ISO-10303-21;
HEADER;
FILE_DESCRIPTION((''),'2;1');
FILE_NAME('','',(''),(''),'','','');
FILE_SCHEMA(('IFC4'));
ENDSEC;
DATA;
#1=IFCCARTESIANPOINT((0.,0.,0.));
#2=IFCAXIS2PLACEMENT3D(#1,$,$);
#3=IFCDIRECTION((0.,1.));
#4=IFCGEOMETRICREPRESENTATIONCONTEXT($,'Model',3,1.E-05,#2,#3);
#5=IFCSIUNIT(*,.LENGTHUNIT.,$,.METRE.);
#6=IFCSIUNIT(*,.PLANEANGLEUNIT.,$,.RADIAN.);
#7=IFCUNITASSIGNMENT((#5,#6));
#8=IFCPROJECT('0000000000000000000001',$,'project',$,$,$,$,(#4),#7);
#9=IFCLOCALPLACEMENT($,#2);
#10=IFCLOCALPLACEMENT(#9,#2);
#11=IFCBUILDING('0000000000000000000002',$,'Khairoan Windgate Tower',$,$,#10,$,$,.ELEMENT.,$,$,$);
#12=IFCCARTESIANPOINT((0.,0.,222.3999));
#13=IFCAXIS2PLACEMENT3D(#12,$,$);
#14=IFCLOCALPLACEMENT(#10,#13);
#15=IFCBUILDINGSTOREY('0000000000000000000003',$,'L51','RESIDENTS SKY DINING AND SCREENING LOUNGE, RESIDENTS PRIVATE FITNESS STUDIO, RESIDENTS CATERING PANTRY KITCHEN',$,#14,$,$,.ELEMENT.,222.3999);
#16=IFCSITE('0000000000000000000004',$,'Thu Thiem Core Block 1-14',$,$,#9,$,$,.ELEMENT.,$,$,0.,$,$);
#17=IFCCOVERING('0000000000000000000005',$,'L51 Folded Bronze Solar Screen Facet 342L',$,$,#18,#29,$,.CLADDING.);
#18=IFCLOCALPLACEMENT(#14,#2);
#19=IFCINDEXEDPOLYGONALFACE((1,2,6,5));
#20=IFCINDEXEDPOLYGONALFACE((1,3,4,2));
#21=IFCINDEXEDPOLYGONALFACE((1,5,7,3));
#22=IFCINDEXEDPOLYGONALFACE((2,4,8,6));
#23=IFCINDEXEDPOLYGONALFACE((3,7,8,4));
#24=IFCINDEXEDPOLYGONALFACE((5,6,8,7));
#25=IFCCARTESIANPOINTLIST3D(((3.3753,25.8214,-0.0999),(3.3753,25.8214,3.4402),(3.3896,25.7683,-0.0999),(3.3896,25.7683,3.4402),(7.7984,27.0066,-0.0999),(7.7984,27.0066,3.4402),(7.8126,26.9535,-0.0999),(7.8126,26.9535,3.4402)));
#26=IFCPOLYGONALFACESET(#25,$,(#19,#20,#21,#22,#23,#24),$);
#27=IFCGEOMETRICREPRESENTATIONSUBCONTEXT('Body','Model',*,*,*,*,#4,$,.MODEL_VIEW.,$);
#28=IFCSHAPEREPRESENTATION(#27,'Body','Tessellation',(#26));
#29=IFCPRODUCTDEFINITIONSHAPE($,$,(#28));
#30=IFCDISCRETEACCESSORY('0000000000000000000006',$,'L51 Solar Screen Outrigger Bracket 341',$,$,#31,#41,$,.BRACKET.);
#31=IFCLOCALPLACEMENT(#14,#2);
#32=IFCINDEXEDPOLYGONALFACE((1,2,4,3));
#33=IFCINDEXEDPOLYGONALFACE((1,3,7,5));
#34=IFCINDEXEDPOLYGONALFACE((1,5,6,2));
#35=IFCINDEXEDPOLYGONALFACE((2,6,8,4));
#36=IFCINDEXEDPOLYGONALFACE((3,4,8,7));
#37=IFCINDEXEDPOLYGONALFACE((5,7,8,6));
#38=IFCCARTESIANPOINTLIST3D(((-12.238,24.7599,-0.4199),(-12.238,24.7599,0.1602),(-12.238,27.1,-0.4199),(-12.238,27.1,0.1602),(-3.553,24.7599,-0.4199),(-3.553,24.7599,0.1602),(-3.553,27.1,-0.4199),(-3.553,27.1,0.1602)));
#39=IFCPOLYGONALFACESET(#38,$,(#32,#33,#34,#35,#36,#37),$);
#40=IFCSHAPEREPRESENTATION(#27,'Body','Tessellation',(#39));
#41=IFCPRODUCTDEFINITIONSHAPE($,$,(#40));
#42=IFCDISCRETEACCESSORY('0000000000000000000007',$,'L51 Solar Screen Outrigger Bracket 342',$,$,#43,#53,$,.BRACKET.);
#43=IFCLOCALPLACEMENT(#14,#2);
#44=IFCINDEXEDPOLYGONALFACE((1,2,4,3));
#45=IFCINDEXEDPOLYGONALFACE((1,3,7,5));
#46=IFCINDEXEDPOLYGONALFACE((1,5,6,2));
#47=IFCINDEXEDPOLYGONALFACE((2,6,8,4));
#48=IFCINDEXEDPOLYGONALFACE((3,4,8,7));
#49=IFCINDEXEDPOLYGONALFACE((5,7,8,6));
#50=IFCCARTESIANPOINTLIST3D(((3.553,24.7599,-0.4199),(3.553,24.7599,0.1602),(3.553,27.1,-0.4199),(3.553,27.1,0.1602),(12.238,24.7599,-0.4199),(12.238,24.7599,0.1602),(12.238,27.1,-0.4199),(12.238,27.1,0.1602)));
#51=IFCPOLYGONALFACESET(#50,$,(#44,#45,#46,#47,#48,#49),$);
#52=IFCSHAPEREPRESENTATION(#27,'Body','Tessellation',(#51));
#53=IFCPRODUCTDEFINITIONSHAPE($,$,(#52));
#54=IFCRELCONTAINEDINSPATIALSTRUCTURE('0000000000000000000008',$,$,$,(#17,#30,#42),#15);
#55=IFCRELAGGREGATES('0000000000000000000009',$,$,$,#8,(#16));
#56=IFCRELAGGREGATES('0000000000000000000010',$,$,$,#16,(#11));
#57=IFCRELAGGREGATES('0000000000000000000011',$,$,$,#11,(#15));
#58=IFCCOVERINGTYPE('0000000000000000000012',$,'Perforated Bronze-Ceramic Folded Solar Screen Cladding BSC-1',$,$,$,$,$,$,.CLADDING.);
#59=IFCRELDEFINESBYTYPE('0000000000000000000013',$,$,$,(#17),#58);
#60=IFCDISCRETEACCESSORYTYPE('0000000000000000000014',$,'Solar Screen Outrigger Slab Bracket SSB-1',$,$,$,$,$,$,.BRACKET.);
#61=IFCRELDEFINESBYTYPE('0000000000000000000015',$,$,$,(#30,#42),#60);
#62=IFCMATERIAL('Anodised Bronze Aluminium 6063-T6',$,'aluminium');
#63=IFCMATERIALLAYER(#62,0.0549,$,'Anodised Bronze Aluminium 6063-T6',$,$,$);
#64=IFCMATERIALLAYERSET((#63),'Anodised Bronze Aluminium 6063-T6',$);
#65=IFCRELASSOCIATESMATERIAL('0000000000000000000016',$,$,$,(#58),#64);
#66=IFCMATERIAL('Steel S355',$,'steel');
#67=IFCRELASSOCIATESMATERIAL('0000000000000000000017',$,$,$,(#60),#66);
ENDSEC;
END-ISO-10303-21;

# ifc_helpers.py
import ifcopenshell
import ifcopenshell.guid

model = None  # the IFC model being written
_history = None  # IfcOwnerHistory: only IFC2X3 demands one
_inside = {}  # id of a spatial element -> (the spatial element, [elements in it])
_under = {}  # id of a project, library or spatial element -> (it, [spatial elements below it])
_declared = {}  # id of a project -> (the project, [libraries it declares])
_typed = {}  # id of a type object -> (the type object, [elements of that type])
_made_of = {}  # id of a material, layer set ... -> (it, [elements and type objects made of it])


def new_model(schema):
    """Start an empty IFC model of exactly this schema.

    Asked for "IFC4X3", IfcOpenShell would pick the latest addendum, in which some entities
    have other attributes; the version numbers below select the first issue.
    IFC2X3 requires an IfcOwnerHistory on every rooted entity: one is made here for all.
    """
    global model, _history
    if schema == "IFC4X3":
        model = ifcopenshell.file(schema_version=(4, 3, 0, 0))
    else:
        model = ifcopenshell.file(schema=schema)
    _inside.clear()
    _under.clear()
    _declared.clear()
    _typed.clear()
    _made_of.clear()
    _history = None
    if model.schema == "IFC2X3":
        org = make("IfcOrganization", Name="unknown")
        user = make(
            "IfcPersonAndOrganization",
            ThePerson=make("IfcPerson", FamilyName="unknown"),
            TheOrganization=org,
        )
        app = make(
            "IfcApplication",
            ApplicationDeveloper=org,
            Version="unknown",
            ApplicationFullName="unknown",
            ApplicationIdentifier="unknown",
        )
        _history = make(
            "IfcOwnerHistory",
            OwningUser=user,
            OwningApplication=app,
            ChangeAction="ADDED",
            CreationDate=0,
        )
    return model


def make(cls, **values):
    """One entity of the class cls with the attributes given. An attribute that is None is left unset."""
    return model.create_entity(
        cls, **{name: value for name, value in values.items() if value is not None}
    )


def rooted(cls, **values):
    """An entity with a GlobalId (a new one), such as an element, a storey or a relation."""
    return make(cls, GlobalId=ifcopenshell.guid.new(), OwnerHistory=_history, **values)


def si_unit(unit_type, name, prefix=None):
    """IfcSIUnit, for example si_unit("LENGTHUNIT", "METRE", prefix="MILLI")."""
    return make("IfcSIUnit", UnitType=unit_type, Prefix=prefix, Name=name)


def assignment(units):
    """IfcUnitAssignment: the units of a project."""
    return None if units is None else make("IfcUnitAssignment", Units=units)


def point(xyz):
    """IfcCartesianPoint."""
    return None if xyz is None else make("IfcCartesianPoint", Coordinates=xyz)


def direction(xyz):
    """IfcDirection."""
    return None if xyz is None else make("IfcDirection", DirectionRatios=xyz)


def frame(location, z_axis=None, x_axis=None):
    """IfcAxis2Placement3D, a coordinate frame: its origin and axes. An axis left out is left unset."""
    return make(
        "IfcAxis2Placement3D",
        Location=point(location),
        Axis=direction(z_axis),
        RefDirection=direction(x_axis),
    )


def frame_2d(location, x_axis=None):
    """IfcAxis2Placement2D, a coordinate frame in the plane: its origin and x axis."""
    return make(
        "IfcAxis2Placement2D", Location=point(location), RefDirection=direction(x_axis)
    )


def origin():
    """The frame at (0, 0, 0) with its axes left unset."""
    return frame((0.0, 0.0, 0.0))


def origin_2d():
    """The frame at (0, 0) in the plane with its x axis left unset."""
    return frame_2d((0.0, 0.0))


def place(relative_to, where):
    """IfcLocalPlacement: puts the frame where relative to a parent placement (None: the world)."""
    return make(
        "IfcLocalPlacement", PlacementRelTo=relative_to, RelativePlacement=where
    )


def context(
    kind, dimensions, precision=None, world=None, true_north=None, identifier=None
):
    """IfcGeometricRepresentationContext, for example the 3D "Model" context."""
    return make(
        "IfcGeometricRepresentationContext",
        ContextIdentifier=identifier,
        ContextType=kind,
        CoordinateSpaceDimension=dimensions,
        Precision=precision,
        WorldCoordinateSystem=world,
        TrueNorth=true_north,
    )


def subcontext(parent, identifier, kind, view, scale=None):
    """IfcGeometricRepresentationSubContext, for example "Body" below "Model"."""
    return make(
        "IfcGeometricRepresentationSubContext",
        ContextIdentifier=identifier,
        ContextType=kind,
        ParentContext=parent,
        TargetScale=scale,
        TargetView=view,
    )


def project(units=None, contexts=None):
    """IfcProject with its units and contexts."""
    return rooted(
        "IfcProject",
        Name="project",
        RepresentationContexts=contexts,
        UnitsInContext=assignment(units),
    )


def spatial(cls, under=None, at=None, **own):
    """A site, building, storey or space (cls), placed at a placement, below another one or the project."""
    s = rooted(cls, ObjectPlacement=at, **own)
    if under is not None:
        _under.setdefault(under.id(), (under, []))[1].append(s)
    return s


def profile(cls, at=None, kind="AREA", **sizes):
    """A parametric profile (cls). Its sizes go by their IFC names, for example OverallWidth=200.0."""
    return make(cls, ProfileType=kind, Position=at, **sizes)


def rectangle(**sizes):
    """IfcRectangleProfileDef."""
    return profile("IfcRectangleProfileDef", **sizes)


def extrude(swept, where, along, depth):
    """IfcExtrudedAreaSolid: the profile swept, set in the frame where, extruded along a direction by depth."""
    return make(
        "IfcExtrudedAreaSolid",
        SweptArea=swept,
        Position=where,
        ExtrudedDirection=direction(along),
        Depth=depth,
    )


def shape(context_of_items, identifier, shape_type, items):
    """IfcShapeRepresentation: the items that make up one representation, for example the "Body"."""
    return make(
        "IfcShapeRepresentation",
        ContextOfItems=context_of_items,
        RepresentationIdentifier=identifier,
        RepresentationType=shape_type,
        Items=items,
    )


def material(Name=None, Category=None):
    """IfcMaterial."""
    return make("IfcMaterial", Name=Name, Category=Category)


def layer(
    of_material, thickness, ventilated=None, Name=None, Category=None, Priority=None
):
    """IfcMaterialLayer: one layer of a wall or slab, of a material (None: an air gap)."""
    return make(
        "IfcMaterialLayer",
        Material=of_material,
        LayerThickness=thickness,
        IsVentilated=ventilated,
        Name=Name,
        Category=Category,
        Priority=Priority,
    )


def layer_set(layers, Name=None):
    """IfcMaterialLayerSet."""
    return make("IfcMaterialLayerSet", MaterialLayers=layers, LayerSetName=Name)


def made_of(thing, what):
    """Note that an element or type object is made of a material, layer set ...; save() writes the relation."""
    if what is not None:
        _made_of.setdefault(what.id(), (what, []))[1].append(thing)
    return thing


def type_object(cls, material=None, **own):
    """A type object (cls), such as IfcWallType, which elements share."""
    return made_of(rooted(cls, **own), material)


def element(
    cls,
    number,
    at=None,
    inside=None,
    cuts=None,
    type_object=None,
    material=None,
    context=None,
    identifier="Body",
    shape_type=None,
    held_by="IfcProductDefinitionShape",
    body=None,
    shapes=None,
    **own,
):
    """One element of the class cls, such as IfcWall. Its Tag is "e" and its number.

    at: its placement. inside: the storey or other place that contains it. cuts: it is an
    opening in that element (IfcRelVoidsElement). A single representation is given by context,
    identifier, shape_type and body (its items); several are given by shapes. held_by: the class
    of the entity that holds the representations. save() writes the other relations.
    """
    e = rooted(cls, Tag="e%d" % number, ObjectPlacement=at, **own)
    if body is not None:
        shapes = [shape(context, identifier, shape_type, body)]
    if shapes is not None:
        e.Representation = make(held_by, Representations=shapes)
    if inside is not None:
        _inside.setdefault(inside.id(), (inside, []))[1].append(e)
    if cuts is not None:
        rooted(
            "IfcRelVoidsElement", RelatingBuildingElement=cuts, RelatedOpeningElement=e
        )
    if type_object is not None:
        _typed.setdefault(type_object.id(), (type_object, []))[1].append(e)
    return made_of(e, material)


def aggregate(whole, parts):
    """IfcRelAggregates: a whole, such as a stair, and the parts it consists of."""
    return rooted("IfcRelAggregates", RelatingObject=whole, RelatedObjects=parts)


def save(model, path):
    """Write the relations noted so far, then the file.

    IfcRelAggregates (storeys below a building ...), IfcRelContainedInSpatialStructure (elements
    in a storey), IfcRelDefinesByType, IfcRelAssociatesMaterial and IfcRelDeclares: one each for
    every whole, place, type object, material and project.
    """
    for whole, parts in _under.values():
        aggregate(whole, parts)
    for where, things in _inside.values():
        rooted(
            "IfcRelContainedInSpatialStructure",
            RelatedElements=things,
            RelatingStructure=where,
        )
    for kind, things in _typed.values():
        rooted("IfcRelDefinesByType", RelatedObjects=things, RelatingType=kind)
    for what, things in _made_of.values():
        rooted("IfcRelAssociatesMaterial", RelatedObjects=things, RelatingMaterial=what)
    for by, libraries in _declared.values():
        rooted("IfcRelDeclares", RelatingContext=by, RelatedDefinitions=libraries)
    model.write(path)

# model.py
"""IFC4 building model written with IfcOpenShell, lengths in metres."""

from ifc_helpers import new_model, si_unit, direction, frame, origin, origin_2d, place, context, subcontext, project, spatial, rectangle, extrude, material, layer, layer_set, type_object, element, save


model = new_model("IFC4")

# Units and contexts
model_context = context("Model", 3, precision=1e-05, world=origin(), true_north=direction((0.0, 1.0)))
body_context = subcontext(model_context, "Body", "Model", "MODEL_VIEW")
ifc_project = project(units=[si_unit("LENGTHUNIT", "METRE"), si_unit("PLANEANGLEUNIT", "RADIAN")], contexts=[model_context])

# Site, building, storey
site_placement = place(None, origin())
site = spatial("IfcSite", under=ifc_project, at=site_placement, Name="Thu Thiem Core Block 1-14", CompositionType="ELEMENT", RefElevation=0.0)
building_placement = place(site_placement, origin())
building = spatial("IfcBuilding", under=site, at=building_placement, Name="Khairoan Windgate Tower", CompositionType="ELEMENT")
storey_placement = place(building_placement, frame((0.0, 0.0, 222.3999)))
storey = spatial("IfcBuildingStorey", under=building, at=storey_placement, Name="L51", Description="RESIDENTS SKY DINING AND SCREENING LOUNGE, RESIDENTS PRIVATE FITNESS STUDIO, RESIDENTS CATERING PANTRY KITCHEN", CompositionType="ELEMENT", Elevation=222.3999)

# Covering
ifc_material_1 = material(Name="Anodised Bronze Aluminium 6063-T6", Category="aluminium")
ifc_layer_1 = layer(ifc_material_1, 0.0549, Name="Anodised Bronze Aluminium 6063-T6")
ifc_layer_set_1 = layer_set([ifc_layer_1], Name="Anodised Bronze Aluminium 6063-T6")
covering_type = type_object("IfcCoveringType", Name="Perforated Bronze-Ceramic Folded Solar Screen Cladding BSC-1", PredefinedType="CLADDING", material=ifc_layer_set_1)
covering_placement = place(storey_placement, frame((5.594, 26.3875, -0.0999), z_axis=(0.0, 0.0, 1.0), x_axis=(0.965926, 0.258819, 0.0)))
element("IfcCovering", 1, at=covering_placement, inside=storey, type_object=covering_type, Name="L51 Folded Bronze Solar Screen Facet 342L", PredefinedType="CLADDING", context=body_context, shape_type="SweptSolid", body=[
    extrude(rectangle(XDim=4.5791, YDim=0.0549, at=origin_2d()), origin(), (0.0, 0.0, 1.0), 3.54),
])

# Discrete accessories
ifc_material_2 = material(Name="Steel S355", Category="steel")
discrete_accessory_type = type_object("IfcDiscreteAccessoryType", Name="Solar Screen Outrigger Slab Bracket SSB-1", PredefinedType="BRACKET", material=ifc_material_2)
for number, where, z_axis, x_axis, name in (
    (2, (-7.8955, 25.9299, -0.4199), (0.0, 0.0, 1.0), (1.0, 0.0, 0.0), "L51 Solar Screen Outrigger Bracket 341"),
    (3, (7.8955, 25.9299, -0.4199), (0.0, 0.0, 1.0), (1.0, 0.0, 0.0), "L51 Solar Screen Outrigger Bracket 342"),
):
    element("IfcDiscreteAccessory", number, at=place(storey_placement, frame(where, z_axis=z_axis, x_axis=x_axis)), inside=storey, type_object=discrete_accessory_type, Name=name, PredefinedType="BRACKET", context=body_context, shape_type="SweptSolid", body=[
        extrude(rectangle(XDim=8.6851, YDim=2.3401, at=origin_2d()), origin(), (0.0, 0.0, 1.0), 0.5801),
    ])

save(model, "model.ifc")
